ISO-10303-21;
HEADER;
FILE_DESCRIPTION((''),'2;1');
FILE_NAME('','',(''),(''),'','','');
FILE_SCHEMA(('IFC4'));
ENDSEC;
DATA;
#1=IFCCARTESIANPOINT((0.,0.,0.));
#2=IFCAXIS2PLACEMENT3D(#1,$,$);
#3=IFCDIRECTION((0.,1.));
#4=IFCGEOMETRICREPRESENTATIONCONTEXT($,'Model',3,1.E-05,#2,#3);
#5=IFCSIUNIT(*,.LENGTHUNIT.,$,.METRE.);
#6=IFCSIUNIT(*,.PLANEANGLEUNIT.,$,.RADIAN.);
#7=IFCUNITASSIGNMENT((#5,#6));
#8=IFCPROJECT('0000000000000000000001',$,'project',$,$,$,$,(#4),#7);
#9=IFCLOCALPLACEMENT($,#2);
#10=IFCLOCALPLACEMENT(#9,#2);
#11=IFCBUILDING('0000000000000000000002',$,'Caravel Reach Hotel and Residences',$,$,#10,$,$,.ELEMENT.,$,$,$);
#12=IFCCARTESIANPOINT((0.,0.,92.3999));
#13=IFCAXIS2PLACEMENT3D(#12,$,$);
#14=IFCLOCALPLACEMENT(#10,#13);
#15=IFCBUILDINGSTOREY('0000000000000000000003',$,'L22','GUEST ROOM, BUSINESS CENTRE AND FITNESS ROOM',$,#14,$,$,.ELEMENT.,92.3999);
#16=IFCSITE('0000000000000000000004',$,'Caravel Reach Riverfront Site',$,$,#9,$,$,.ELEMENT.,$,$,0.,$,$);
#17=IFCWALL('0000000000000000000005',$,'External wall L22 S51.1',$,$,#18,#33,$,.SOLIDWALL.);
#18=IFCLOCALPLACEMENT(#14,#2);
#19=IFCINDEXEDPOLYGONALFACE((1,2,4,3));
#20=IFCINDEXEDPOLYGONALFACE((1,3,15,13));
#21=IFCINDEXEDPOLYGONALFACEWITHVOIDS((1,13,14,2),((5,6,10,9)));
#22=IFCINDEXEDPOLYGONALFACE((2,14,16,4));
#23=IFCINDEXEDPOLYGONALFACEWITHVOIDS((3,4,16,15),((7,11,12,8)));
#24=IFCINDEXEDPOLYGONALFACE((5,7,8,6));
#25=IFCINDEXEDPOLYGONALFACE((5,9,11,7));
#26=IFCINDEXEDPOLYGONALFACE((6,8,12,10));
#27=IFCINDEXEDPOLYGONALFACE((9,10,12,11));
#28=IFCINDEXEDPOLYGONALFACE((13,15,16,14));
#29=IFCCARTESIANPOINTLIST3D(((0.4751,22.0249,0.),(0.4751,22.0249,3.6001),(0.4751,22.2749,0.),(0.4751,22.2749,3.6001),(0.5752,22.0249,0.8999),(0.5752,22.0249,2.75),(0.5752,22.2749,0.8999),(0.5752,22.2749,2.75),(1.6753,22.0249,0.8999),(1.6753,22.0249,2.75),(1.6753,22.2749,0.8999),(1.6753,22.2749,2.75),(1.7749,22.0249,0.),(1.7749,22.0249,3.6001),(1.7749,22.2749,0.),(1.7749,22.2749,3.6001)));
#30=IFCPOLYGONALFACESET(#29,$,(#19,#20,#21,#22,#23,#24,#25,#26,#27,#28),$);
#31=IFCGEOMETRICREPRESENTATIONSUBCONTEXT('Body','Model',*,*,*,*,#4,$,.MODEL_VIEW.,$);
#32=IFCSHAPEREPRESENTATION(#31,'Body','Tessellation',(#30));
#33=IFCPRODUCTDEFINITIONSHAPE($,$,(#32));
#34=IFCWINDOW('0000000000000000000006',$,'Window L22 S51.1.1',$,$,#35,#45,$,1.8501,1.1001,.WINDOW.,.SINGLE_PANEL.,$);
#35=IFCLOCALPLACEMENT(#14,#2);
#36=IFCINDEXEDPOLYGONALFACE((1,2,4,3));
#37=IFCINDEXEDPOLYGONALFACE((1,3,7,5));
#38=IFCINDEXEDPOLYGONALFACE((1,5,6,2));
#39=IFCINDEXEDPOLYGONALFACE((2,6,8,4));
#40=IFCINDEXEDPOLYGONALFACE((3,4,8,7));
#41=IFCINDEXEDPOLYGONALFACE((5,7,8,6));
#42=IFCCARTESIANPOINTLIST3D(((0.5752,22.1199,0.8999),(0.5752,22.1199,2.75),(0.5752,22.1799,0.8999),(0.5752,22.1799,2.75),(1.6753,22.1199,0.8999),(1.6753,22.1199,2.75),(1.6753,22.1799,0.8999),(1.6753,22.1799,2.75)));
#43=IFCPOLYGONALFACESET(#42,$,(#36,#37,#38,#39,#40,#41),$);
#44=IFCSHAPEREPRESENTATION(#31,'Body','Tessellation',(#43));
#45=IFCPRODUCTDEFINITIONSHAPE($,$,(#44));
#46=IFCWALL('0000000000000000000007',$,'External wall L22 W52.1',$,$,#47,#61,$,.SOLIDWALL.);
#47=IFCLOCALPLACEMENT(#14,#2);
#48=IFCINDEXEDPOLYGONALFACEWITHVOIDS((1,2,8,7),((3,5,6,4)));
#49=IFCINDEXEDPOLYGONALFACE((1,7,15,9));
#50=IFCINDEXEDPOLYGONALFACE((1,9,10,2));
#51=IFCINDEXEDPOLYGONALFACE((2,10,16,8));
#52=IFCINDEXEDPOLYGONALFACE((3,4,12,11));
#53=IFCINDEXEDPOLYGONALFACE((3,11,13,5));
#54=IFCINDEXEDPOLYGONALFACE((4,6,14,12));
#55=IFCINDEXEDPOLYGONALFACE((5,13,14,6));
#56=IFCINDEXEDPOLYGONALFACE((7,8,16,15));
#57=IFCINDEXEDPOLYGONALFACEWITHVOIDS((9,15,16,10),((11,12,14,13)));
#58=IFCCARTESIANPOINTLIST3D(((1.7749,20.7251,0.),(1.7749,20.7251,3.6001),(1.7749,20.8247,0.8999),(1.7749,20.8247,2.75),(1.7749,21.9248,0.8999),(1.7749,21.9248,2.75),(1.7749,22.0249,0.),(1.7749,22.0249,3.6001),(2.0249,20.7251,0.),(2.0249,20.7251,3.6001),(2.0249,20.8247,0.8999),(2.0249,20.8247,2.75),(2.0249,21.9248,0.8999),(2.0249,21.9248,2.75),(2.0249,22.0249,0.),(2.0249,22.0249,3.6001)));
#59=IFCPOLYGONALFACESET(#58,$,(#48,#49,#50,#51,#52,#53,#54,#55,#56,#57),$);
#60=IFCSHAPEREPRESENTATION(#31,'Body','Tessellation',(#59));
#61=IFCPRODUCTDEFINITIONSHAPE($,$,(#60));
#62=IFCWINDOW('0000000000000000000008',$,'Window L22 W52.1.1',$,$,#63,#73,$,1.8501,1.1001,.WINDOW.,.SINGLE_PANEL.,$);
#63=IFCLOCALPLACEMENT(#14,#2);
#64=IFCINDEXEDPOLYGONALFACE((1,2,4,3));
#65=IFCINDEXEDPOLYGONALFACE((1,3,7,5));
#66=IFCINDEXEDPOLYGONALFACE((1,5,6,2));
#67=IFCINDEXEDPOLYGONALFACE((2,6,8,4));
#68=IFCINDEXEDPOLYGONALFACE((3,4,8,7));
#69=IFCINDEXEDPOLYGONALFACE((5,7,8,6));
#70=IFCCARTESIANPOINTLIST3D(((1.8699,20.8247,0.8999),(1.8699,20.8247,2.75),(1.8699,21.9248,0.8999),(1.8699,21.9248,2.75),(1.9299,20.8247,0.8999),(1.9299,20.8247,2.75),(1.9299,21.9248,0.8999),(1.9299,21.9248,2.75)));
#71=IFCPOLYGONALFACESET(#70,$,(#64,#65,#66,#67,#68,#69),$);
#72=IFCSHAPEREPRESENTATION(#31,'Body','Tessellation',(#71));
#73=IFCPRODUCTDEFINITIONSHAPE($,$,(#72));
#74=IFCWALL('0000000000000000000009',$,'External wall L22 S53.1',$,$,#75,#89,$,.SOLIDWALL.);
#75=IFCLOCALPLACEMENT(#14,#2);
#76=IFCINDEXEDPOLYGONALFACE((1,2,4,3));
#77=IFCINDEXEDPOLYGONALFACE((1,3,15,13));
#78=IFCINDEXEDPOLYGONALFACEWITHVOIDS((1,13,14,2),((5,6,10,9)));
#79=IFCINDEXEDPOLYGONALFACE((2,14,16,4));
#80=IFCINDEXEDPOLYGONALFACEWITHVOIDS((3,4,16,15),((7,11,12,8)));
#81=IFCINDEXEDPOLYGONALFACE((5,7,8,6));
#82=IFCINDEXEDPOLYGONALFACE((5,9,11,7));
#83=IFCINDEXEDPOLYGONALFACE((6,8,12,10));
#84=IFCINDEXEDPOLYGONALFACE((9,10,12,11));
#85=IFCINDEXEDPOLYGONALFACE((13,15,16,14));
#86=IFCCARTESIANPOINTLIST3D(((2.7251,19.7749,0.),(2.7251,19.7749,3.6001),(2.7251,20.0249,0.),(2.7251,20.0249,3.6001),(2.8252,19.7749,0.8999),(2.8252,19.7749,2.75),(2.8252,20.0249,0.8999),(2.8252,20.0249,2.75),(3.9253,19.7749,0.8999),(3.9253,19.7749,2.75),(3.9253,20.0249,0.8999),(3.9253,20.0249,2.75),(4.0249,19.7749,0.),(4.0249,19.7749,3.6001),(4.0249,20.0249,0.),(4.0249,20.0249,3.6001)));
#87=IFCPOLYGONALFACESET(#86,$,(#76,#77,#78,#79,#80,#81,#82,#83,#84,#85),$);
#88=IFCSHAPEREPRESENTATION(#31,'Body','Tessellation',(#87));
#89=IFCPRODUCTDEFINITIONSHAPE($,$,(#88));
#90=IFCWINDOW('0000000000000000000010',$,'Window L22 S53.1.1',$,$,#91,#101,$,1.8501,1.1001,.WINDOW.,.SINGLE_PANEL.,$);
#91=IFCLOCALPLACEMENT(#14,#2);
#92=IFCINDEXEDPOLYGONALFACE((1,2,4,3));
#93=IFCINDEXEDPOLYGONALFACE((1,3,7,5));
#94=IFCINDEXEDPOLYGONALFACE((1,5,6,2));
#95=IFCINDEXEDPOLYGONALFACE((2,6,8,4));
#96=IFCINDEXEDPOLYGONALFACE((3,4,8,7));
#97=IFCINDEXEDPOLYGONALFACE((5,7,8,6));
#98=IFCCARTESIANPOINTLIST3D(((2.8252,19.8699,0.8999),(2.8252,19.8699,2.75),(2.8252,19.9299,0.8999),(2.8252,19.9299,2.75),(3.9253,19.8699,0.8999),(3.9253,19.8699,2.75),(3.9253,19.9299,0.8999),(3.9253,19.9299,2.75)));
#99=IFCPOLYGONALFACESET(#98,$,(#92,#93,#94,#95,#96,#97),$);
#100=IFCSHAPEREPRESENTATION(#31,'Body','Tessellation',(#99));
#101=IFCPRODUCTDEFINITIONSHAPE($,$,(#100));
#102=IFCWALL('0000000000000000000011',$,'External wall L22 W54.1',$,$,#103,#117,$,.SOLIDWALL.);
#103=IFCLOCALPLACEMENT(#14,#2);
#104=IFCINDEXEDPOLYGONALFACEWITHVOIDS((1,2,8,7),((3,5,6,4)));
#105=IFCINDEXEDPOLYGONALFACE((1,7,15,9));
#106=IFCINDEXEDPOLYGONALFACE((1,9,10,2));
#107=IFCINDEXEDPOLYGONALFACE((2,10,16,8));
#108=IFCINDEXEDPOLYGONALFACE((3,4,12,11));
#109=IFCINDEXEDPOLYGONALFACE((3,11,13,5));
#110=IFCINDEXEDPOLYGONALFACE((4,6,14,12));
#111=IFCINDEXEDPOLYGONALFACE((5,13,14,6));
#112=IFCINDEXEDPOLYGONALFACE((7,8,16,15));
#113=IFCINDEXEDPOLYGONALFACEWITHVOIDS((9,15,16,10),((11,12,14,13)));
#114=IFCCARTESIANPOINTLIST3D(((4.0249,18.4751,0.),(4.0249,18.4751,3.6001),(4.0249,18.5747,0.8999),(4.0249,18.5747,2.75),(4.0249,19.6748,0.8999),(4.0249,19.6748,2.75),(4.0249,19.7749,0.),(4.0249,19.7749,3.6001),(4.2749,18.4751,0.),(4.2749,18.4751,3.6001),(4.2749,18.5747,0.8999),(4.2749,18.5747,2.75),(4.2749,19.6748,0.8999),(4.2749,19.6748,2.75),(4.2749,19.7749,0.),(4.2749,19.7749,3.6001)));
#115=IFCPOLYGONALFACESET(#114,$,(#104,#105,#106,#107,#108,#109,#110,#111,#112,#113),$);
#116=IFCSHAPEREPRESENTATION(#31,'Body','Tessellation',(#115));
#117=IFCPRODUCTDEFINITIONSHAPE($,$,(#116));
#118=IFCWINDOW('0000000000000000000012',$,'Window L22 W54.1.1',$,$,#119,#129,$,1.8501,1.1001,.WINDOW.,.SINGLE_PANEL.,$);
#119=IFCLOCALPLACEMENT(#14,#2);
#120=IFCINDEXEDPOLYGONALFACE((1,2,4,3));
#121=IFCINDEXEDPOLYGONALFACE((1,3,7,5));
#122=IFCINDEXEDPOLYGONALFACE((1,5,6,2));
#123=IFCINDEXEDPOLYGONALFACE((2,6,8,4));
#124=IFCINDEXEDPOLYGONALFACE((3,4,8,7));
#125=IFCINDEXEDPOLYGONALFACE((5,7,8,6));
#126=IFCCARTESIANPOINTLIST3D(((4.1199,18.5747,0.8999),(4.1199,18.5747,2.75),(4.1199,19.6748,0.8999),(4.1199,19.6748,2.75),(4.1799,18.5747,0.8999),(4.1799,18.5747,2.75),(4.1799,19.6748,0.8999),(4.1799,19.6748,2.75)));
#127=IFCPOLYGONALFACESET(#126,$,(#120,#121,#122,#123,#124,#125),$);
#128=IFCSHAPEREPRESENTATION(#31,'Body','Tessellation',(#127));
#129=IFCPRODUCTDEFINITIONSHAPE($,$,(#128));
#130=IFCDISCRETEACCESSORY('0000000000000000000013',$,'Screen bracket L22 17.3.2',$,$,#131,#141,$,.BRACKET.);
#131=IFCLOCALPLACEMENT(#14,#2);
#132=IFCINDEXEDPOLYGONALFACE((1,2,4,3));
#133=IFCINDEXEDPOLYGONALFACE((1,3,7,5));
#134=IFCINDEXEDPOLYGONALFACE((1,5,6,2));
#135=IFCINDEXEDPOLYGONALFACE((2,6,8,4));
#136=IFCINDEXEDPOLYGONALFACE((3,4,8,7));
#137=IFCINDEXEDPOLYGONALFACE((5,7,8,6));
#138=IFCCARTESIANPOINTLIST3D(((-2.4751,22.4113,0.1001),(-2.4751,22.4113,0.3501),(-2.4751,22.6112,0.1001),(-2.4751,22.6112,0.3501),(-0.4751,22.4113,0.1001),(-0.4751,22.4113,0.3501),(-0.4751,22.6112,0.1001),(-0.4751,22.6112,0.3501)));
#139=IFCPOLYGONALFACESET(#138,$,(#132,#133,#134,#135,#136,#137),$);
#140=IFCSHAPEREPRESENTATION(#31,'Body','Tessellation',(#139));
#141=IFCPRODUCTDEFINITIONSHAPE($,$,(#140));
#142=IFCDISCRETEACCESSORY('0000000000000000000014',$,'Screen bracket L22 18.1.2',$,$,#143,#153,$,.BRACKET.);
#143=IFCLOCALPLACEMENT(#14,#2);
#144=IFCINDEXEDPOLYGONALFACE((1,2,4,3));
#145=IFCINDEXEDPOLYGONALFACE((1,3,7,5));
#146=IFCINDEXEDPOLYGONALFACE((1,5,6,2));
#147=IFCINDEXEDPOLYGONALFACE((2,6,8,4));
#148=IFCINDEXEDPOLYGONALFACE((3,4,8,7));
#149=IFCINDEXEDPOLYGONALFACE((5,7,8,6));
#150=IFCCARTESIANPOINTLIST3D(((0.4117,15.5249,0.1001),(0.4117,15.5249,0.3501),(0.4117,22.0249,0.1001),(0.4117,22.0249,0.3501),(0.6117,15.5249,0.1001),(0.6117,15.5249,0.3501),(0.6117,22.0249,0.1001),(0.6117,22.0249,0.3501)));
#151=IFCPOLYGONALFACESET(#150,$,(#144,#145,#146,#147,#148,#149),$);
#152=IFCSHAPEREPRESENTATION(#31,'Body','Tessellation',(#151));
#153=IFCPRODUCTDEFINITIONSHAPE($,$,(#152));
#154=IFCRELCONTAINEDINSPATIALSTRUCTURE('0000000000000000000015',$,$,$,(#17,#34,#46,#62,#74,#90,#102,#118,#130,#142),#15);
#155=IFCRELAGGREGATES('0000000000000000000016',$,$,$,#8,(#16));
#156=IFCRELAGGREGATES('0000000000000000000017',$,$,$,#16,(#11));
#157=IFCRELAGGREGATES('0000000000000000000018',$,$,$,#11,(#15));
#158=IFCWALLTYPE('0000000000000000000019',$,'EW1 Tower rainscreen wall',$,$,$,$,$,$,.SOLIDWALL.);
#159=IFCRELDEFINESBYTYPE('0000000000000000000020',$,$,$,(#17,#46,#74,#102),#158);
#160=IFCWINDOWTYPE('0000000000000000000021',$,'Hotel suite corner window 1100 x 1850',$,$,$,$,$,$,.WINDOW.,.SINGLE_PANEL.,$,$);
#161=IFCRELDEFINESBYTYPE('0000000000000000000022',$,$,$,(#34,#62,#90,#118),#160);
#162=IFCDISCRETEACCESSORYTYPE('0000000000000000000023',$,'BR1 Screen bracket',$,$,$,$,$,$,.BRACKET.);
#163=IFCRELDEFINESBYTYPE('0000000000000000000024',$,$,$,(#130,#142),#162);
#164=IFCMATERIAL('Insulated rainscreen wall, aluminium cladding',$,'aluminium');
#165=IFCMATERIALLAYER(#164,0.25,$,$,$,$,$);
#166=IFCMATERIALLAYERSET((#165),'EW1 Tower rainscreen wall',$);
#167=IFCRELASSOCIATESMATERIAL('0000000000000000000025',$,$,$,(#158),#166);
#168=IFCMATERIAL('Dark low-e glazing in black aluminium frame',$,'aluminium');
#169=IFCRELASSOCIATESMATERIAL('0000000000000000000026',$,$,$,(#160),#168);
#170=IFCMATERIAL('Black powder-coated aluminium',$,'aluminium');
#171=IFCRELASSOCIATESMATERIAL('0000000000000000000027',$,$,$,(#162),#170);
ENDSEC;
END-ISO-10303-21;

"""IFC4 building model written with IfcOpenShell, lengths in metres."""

from ifc_helpers import new_model, si_unit, direction, frame, frame_2d, origin, origin_2d, place, context, subcontext, project, spatial, rectangle, extrude, material, layer, layer_set, type_object, element, fill, save


model = new_model("IFC4")

# Units and contexts
model_context = context("Model", 3, precision=1e-05, world=origin(), true_north=direction((0.0, 1.0)))
body_context = subcontext(model_context, "Body", "Model", "MODEL_VIEW")
ifc_project = project(units=[si_unit("LENGTHUNIT", "METRE"), si_unit("PLANEANGLEUNIT", "RADIAN")], contexts=[model_context])

# Site, building, storey
site_placement = place(None, origin())
site = spatial("IfcSite", under=ifc_project, at=site_placement, Name="Caravel Reach Riverfront Site", CompositionType="ELEMENT", RefElevation=0.0)
building_placement = place(site_placement, origin())
building = spatial("IfcBuilding", under=site, at=building_placement, Name="Caravel Reach Hotel and Residences", CompositionType="ELEMENT")
storey_placement = place(building_placement, frame((0.0, 0.0, 92.3999)))
storey = spatial("IfcBuildingStorey", under=building, at=storey_placement, Name="L22", Description="GUEST ROOM, BUSINESS CENTRE AND FITNESS ROOM", CompositionType="ELEMENT", Elevation=92.3999)

# Walls, openings, windows
ifc_material_1 = material(Name="Insulated rainscreen wall, aluminium cladding", Category="aluminium")
ifc_layer = layer(ifc_material_1, 0.25)
ifc_layer_set = layer_set([ifc_layer], Name="EW1 Tower rainscreen wall")
wall_type = type_object("IfcWallType", Name="EW1 Tower rainscreen wall", PredefinedType="SOLIDWALL", material=ifc_layer_set)
wall_1_placement = place(storey_placement, frame((0.4751, 22.1499, 0.0), z_axis=(0.0, 0.0, 1.0), x_axis=(1.0, 0.0, 0.0)))
wall_1 = element("IfcWall", 1, at=wall_1_placement, inside=storey, type_object=wall_type, Name="External wall L22 S51.1", PredefinedType="SOLIDWALL", context=body_context, shape_type="SweptSolid", body=[
    extrude(rectangle(XDim=1.2998, YDim=0.25, at=frame_2d((0.6499, 0.0))), origin(), (0.0, 0.0, 1.0), 3.6001),
])
opening_1_placement = place(wall_1_placement, frame((0.1001, 0.0, 0.8999)))
opening_1 = element("IfcOpeningElement", 2, at=opening_1_placement, cuts=wall_1, PredefinedType="OPENING", context=body_context, shape_type="SweptSolid", body=[
    extrude(rectangle(XDim=1.1001, YDim=1.8501, at=frame_2d((0.55, 0.925))), frame((0.0, 0.135, 0.0), z_axis=(0.0, -1.0, 0.0), x_axis=(1.0, 0.0, 0.0)), (0.0, 0.0, 1.0), 0.27),
])
ifc_material_2 = material(Name="Dark low-e glazing in black aluminium frame", Category="aluminium")
window_type = type_object("IfcWindowType", Name="Hotel suite corner window 1100 x 1850", PartitioningType="SINGLE_PANEL", PredefinedType="WINDOW", material=ifc_material_2)
window_1_placement = place(opening_1_placement, origin())
window_1 = element("IfcWindow", 3, at=window_1_placement, inside=storey, type_object=window_type, Name="Window L22 S51.1.1", OverallHeight=1.8501, OverallWidth=1.1001, PartitioningType="SINGLE_PANEL", PredefinedType="WINDOW", context=body_context, shape_type="SweptSolid", body=[
    extrude(rectangle(XDim=1.1001, YDim=1.8501, at=frame_2d((0.55, 0.925))), frame((0.0, 0.03, 0.0), z_axis=(0.0, -1.0, 0.0), x_axis=(1.0, 0.0, 0.0)), (0.0, 0.0, 1.0), 0.0601),
])
fill(opening_1, window_1)
wall_2_placement = place(storey_placement, frame((1.8999, 22.0249, 0.0), z_axis=(0.0, 0.0, 1.0), x_axis=(0.0, -1.0, 0.0)))
wall_2 = element("IfcWall", 4, at=wall_2_placement, inside=storey, type_object=wall_type, Name="External wall L22 W52.1", PredefinedType="SOLIDWALL", context=body_context, shape_type="SweptSolid", body=[
    extrude(rectangle(XDim=1.2998, YDim=0.25, at=frame_2d((0.6499, 0.0))), origin(), (0.0, 0.0, 1.0), 3.6001),
])
opening_2_placement = place(wall_2_placement, frame((0.1001, 0.0, 0.8999)))
opening_2 = element("IfcOpeningElement", 5, at=opening_2_placement, cuts=wall_2, PredefinedType="OPENING", context=body_context, shape_type="SweptSolid", body=[
    extrude(rectangle(XDim=1.1001, YDim=1.8501, at=frame_2d((0.55, 0.925))), frame((0.0, 0.135, 0.0), z_axis=(0.0, -1.0, 0.0), x_axis=(1.0, 0.0, 0.0)), (0.0, 0.0, 1.0), 0.27),
])
window_2_placement = place(opening_2_placement, origin())
window_2 = element("IfcWindow", 6, at=window_2_placement, inside=storey, type_object=window_type, Name="Window L22 W52.1.1", OverallHeight=1.8501, OverallWidth=1.1001, PartitioningType="SINGLE_PANEL", PredefinedType="WINDOW", context=body_context, shape_type="SweptSolid", body=[
    extrude(rectangle(XDim=1.1001, YDim=1.8501, at=frame_2d((0.55, 0.925))), frame((0.0, 0.03, 0.0), z_axis=(0.0, -1.0, 0.0), x_axis=(1.0, 0.0, 0.0)), (0.0, 0.0, 1.0), 0.0601),
])
fill(opening_2, window_2)
wall_3_placement = place(storey_placement, frame((2.7251, 19.8999, 0.0), z_axis=(0.0, 0.0, 1.0), x_axis=(1.0, 0.0, 0.0)))
wall_3 = element("IfcWall", 7, at=wall_3_placement, inside=storey, type_object=wall_type, Name="External wall L22 S53.1", PredefinedType="SOLIDWALL", context=body_context, shape_type="SweptSolid", body=[
    extrude(rectangle(XDim=1.2998, YDim=0.25, at=frame_2d((0.6499, 0.0))), origin(), (0.0, 0.0, 1.0), 3.6001),
])
opening_3_placement = place(wall_3_placement, frame((0.1001, 0.0, 0.8999)))
opening_3 = element("IfcOpeningElement", 8, at=opening_3_placement, cuts=wall_3, PredefinedType="OPENING", context=body_context, shape_type="SweptSolid", body=[
    extrude(rectangle(XDim=1.1001, YDim=1.8501, at=frame_2d((0.55, 0.925))), frame((0.0, 0.135, 0.0), z_axis=(0.0, -1.0, 0.0), x_axis=(1.0, 0.0, 0.0)), (0.0, 0.0, 1.0), 0.27),
])
window_3_placement = place(opening_3_placement, origin())
window_3 = element("IfcWindow", 9, at=window_3_placement, inside=storey, type_object=window_type, Name="Window L22 S53.1.1", OverallHeight=1.8501, OverallWidth=1.1001, PartitioningType="SINGLE_PANEL", PredefinedType="WINDOW", context=body_context, shape_type="SweptSolid", body=[
    extrude(rectangle(XDim=1.1001, YDim=1.8501, at=frame_2d((0.55, 0.925))), frame((0.0, 0.03, 0.0), z_axis=(0.0, -1.0, 0.0), x_axis=(1.0, 0.0, 0.0)), (0.0, 0.0, 1.0), 0.0601),
])
fill(opening_3, window_3)
wall_4_placement = place(storey_placement, frame((4.1499, 19.7749, 0.0), z_axis=(0.0, 0.0, 1.0), x_axis=(0.0, -1.0, 0.0)))
wall_4 = element("IfcWall", 10, at=wall_4_placement, inside=storey, type_object=wall_type, Name="External wall L22 W54.1", PredefinedType="SOLIDWALL", context=body_context, shape_type="SweptSolid", body=[
    extrude(rectangle(XDim=1.2998, YDim=0.25, at=frame_2d((0.6499, 0.0))), origin(), (0.0, 0.0, 1.0), 3.6001),
])
opening_4_placement = place(wall_4_placement, frame((0.1001, 0.0, 0.8999)))
opening_4 = element("IfcOpeningElement", 11, at=opening_4_placement, cuts=wall_4, PredefinedType="OPENING", context=body_context, shape_type="SweptSolid", body=[
    extrude(rectangle(XDim=1.1001, YDim=1.8501, at=frame_2d((0.55, 0.925))), frame((0.0, 0.135, 0.0), z_axis=(0.0, -1.0, 0.0), x_axis=(1.0, 0.0, 0.0)), (0.0, 0.0, 1.0), 0.27),
])
window_4_placement = place(opening_4_placement, origin())
window_4 = element("IfcWindow", 12, at=window_4_placement, inside=storey, type_object=window_type, Name="Window L22 W54.1.1", OverallHeight=1.8501, OverallWidth=1.1001, PartitioningType="SINGLE_PANEL", PredefinedType="WINDOW", context=body_context, shape_type="SweptSolid", body=[
    extrude(rectangle(XDim=1.1001, YDim=1.8501, at=frame_2d((0.55, 0.925))), frame((0.0, 0.03, 0.0), z_axis=(0.0, -1.0, 0.0), x_axis=(1.0, 0.0, 0.0)), (0.0, 0.0, 1.0), 0.0601),
])
fill(opening_4, window_4)

# Discrete accessories
ifc_material_3 = material(Name="Black powder-coated aluminium", Category="aluminium")
discrete_accessory_type = type_object("IfcDiscreteAccessoryType", Name="BR1 Screen bracket", PredefinedType="BRACKET", material=ifc_material_3)
discrete_accessory_1_placement = place(storey_placement, frame((-1.4751, 22.5112, 0.1001), z_axis=(0.0, 0.0, 1.0), x_axis=(-1.0, 0.0, 0.0)))
element("IfcDiscreteAccessory", 13, at=discrete_accessory_1_placement, inside=storey, type_object=discrete_accessory_type, Name="Screen bracket L22 17.3.2", PredefinedType="BRACKET", context=body_context, shape_type="SweptSolid", body=[
    extrude(rectangle(XDim=2.0, YDim=0.2, at=origin_2d()), origin(), (0.0, 0.0, 1.0), 0.25),
])
discrete_accessory_2_placement = place(storey_placement, frame((0.5117, 18.7749, 0.1001), z_axis=(0.0, 0.0, 1.0), x_axis=(0.0, -1.0, 0.0)))
element("IfcDiscreteAccessory", 14, at=discrete_accessory_2_placement, inside=storey, type_object=discrete_accessory_type, Name="Screen bracket L22 18.1.2", PredefinedType="BRACKET", context=body_context, shape_type="SweptSolid", body=[
    extrude(rectangle(XDim=6.5, YDim=0.2, at=origin_2d()), origin(), (0.0, 0.0, 1.0), 0.25),
])

save(model, "model.ifc")
